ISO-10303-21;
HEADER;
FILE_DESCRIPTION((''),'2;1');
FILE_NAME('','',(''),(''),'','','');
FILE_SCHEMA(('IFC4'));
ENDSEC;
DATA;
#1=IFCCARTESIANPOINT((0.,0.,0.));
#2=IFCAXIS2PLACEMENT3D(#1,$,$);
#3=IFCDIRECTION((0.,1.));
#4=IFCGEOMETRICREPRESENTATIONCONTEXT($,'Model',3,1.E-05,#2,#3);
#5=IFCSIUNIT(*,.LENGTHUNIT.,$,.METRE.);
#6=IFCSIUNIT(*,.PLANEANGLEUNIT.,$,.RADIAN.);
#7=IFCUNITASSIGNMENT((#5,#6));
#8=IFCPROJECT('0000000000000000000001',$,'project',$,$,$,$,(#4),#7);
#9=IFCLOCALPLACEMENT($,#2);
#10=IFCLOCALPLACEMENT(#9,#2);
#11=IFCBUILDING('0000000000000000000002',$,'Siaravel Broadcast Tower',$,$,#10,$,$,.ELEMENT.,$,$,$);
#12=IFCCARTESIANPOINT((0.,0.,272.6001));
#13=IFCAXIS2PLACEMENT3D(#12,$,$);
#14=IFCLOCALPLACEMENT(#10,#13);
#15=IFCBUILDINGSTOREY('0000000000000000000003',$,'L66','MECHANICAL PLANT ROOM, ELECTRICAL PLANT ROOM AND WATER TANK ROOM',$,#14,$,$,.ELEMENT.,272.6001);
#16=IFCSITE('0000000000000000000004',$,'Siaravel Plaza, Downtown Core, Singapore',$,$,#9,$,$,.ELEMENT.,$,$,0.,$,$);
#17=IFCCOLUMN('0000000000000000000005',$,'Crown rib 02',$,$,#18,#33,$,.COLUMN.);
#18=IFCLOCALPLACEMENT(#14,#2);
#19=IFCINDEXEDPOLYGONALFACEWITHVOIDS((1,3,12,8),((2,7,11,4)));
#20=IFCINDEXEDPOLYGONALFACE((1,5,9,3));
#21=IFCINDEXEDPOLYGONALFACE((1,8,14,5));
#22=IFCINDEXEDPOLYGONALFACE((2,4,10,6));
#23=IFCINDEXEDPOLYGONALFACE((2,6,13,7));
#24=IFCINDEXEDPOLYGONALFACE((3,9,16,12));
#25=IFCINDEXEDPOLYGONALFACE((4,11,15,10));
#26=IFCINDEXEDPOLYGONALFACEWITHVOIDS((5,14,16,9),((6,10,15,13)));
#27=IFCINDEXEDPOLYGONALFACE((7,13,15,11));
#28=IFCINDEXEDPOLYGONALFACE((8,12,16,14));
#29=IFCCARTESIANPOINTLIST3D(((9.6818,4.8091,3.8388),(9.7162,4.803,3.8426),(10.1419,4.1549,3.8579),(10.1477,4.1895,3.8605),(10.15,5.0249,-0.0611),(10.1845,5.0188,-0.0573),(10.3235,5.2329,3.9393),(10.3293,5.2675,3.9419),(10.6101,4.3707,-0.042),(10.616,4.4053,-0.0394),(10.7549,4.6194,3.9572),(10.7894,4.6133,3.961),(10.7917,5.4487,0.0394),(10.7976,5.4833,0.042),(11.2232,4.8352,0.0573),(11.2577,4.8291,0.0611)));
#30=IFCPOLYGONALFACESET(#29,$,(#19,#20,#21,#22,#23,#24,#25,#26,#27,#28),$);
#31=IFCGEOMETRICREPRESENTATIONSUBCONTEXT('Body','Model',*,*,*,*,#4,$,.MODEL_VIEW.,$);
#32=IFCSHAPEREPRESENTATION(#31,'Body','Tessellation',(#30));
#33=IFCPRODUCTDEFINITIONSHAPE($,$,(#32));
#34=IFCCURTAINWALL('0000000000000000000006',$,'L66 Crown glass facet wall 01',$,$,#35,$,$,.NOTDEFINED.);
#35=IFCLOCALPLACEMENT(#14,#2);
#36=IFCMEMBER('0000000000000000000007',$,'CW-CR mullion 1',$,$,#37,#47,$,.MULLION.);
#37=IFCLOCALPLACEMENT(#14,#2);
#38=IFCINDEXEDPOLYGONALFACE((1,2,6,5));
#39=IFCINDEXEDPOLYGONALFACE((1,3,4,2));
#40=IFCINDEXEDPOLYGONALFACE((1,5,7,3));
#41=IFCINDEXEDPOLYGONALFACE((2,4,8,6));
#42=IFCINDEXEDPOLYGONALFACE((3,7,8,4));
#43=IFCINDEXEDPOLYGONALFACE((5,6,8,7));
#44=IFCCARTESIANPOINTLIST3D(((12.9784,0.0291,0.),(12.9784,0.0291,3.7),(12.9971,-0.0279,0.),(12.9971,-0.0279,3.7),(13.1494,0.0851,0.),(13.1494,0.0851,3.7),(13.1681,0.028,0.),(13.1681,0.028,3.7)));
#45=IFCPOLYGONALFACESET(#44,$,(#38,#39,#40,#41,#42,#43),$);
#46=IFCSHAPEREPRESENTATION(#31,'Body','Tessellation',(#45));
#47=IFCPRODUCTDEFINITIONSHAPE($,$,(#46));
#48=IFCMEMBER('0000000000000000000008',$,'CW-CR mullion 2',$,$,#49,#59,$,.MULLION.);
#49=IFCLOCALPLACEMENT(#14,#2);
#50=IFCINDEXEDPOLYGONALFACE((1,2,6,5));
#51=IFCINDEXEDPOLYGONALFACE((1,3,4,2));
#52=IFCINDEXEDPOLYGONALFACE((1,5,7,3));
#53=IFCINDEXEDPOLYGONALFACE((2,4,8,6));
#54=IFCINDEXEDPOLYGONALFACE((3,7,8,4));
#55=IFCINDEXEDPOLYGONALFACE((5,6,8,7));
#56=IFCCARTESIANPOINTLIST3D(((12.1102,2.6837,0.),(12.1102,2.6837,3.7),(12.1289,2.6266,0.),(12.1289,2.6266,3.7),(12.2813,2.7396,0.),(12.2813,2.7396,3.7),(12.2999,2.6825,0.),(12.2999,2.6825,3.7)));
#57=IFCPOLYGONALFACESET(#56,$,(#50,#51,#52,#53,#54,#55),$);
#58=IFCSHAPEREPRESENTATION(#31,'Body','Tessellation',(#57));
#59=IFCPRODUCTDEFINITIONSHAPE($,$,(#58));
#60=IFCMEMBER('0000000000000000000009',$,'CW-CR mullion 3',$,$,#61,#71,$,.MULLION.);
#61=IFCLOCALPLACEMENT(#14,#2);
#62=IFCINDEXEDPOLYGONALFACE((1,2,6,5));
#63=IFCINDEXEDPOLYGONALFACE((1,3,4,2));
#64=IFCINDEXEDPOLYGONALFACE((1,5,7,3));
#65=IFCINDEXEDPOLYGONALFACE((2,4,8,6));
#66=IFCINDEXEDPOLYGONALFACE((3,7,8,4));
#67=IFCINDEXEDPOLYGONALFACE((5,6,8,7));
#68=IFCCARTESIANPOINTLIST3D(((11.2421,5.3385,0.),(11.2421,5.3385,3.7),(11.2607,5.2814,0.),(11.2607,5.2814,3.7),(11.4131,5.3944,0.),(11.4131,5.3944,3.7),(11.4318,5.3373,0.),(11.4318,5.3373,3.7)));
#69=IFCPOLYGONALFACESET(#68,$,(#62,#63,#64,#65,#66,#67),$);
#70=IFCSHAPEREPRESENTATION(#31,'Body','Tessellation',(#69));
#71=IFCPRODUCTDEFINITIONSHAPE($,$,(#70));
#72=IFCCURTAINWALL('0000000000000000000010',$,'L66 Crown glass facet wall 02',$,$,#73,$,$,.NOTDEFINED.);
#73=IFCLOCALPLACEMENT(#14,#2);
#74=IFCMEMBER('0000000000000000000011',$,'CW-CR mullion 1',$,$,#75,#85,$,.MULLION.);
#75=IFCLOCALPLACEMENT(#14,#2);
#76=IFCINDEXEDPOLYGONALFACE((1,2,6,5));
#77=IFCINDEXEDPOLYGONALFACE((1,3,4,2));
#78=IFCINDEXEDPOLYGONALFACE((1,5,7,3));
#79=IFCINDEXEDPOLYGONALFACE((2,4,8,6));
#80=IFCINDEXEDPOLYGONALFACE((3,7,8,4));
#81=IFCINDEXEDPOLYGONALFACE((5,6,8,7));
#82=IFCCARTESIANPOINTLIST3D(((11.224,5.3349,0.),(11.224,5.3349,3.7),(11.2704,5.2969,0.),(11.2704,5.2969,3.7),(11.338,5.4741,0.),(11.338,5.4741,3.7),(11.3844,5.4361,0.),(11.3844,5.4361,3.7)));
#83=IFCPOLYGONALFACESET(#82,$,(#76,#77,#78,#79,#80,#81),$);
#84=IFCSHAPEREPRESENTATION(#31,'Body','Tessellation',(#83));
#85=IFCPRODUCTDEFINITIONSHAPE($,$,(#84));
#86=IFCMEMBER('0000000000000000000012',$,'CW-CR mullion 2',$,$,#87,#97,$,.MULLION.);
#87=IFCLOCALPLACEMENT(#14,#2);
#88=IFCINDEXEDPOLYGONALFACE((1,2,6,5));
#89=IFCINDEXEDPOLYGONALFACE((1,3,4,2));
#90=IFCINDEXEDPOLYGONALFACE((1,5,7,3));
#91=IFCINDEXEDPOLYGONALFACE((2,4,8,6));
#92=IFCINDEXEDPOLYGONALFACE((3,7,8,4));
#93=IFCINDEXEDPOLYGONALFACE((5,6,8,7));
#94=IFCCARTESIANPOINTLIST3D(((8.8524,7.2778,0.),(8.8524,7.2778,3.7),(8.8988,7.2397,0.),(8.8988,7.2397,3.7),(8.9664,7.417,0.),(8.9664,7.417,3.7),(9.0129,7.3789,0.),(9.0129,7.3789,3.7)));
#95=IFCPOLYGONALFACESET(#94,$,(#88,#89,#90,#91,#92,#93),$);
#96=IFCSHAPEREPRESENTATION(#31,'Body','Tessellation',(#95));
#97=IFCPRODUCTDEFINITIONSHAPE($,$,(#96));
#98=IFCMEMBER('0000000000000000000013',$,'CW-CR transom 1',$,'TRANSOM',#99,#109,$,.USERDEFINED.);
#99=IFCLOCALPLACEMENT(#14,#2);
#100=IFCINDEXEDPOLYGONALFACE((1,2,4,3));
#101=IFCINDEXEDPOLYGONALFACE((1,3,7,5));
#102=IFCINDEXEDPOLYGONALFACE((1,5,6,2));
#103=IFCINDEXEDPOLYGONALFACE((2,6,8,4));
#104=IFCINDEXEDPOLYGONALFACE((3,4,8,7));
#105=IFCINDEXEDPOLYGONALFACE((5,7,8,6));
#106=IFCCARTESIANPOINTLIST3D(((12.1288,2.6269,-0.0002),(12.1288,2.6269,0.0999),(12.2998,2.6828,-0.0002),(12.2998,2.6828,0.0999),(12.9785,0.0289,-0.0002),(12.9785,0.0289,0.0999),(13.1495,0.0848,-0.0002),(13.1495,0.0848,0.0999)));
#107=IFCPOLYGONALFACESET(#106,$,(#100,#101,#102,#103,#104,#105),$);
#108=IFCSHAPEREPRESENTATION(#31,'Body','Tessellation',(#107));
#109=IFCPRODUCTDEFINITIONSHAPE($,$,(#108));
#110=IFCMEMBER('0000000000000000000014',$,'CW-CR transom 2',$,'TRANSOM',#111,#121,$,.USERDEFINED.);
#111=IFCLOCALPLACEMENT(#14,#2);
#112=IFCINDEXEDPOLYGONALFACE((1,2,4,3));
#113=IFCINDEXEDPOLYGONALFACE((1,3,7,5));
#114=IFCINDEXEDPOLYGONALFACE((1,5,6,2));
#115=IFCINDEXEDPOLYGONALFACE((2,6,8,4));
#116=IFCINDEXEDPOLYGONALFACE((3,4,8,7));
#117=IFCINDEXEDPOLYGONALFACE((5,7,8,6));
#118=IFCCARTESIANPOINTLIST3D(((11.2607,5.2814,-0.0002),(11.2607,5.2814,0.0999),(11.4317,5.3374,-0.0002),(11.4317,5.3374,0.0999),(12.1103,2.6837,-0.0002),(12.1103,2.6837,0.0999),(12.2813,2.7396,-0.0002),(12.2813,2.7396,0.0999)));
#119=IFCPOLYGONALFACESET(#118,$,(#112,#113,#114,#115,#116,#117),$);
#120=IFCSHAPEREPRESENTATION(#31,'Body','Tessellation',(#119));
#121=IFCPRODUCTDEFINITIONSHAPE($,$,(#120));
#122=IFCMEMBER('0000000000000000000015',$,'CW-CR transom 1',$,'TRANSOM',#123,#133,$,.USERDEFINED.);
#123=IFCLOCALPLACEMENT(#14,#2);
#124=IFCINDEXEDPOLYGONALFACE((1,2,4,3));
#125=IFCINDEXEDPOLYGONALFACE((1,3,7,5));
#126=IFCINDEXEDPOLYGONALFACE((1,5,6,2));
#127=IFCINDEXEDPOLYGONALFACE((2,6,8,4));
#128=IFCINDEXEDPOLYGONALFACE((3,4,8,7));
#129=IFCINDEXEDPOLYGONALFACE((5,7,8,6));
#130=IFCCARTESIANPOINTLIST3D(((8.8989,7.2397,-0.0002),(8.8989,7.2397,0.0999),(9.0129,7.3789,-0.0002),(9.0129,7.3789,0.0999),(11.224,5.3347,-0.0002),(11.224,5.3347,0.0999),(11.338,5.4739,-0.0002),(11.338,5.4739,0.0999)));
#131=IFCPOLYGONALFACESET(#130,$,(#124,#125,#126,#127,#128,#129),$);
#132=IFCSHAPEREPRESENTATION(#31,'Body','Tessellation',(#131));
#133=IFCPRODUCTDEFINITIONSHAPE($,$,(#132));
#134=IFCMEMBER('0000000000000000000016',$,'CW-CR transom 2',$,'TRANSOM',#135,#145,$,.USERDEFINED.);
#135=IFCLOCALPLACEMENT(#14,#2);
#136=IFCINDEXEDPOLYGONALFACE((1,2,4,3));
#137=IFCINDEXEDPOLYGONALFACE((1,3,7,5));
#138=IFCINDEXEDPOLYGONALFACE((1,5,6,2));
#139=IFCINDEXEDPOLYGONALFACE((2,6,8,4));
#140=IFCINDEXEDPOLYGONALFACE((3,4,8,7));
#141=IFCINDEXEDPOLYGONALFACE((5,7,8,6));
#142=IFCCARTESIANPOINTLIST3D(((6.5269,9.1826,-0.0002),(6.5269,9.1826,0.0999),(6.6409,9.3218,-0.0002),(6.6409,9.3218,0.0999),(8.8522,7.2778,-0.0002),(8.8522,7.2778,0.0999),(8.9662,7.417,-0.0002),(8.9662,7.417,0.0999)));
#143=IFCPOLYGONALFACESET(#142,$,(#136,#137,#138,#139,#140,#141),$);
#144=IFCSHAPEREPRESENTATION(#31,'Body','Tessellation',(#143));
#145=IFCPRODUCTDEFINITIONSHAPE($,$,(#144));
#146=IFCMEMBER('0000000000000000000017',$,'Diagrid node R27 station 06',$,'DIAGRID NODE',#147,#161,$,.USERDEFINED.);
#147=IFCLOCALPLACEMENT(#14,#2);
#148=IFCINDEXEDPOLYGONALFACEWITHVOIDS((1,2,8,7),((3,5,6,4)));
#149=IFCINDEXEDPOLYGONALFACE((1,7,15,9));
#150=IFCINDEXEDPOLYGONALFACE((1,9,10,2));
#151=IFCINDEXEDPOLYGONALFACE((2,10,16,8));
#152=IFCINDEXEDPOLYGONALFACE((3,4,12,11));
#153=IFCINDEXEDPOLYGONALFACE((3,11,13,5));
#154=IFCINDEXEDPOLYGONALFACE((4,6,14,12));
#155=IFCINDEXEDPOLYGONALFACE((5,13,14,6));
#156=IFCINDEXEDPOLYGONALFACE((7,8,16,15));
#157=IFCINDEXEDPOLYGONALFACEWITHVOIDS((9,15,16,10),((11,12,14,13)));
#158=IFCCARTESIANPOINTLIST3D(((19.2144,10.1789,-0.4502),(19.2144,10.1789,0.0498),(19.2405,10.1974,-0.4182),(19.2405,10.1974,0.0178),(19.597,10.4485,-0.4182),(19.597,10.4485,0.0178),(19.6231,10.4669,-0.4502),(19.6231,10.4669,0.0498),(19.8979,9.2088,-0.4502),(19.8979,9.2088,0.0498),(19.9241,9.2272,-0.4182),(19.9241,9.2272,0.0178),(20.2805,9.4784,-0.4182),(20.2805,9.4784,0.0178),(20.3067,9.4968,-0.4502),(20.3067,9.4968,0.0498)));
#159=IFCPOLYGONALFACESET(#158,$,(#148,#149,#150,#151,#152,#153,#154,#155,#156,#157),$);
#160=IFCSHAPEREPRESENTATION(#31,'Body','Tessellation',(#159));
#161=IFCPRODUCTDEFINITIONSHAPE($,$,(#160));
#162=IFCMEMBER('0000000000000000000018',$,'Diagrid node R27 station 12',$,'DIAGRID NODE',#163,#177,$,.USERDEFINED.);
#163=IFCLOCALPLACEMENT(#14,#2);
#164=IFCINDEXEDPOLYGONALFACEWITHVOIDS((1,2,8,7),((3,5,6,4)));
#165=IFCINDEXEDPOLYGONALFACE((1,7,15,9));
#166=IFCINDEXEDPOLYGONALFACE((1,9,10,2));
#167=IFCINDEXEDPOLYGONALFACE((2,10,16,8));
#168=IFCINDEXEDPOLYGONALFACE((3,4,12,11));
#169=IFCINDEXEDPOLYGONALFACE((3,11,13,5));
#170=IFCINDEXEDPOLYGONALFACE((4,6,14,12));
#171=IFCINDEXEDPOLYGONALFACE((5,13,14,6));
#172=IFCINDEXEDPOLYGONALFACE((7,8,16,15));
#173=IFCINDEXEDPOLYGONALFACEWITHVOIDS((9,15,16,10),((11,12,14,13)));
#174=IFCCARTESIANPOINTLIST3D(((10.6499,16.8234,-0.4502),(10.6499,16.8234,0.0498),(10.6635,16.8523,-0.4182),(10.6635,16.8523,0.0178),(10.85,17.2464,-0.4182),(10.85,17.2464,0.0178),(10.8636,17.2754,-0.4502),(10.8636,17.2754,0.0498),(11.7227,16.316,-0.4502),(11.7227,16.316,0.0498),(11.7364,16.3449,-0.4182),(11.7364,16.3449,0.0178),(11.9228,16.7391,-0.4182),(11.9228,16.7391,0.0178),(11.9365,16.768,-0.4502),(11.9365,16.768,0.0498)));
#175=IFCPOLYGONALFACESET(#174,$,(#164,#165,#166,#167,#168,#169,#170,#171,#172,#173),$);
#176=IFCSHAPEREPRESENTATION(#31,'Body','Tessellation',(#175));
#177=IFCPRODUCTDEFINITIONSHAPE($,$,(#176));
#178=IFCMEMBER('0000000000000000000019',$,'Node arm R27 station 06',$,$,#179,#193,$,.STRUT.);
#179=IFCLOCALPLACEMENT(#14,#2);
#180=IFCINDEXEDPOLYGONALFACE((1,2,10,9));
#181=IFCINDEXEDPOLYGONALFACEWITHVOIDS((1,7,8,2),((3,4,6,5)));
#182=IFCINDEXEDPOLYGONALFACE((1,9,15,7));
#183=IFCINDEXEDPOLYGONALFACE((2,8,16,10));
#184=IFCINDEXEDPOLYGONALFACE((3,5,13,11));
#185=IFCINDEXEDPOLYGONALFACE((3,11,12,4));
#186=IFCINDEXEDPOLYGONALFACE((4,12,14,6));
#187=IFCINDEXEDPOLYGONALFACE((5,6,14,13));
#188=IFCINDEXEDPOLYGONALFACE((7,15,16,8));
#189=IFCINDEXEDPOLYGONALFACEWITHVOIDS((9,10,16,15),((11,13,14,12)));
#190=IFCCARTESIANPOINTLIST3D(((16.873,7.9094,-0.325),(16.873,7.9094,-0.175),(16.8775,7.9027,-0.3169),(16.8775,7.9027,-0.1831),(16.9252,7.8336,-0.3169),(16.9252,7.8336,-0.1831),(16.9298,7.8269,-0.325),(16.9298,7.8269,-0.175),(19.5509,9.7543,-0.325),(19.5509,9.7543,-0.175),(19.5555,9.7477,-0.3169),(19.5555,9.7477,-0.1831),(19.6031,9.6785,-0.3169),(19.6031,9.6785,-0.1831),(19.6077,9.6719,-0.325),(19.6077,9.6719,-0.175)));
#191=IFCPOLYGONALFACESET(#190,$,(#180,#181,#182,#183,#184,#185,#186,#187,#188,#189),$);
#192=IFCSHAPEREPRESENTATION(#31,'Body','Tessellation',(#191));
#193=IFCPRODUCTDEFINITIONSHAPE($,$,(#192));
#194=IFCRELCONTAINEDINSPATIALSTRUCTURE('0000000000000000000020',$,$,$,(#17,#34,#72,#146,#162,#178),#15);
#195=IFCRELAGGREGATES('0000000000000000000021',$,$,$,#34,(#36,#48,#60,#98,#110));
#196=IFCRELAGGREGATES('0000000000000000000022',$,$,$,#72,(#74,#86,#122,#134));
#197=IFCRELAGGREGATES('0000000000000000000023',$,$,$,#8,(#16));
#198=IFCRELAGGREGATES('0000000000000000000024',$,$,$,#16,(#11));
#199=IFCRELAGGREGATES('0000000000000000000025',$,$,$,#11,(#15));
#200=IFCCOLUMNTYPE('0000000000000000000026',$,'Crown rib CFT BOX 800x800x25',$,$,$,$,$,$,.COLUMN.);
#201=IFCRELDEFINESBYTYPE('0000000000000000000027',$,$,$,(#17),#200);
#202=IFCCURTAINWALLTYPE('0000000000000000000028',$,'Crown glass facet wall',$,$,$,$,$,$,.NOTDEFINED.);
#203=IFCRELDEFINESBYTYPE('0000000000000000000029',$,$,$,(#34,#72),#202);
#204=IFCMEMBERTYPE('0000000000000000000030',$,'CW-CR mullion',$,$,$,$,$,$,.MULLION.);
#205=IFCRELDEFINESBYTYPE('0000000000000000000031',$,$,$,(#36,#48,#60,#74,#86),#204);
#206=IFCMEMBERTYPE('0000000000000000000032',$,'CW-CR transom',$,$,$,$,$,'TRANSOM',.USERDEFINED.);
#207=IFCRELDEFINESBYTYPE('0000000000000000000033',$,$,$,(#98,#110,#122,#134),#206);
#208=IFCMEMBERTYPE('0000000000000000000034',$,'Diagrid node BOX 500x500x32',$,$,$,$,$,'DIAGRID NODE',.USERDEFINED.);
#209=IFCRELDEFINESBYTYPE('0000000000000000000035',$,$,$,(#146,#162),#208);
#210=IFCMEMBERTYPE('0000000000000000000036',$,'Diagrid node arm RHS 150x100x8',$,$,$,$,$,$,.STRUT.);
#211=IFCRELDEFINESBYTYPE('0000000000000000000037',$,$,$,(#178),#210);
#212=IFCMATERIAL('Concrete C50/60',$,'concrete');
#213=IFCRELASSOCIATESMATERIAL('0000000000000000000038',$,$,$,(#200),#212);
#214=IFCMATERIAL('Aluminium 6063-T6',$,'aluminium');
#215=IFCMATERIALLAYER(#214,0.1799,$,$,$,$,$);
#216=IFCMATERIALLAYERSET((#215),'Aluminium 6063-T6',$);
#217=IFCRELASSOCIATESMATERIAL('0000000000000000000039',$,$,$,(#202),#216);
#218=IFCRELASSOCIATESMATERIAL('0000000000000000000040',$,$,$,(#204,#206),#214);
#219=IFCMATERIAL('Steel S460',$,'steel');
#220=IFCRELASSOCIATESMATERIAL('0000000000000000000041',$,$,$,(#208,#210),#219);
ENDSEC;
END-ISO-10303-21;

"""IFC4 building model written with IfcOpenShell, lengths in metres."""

from ifc_helpers import new_model, si_unit, direction, frame, origin, origin_2d, place, context, subcontext, project, spatial, rectangle, hollow_rectangle, extrude, material, layer, layer_set, material_profile, profile_set, type_object, element, aggregate, save


model = new_model("IFC4")

# Units and contexts
model_context = context("Model", 3, precision=1e-05, world=origin(), true_north=direction((0.0, 1.0)))
body_context = subcontext(model_context, "Body", "Model", "MODEL_VIEW")
ifc_project = project(units=[si_unit("LENGTHUNIT", "METRE"), si_unit("PLANEANGLEUNIT", "RADIAN")], contexts=[model_context])

# Site, building, storey
site_placement = place(None, origin())
site = spatial("IfcSite", under=ifc_project, at=site_placement, Name="Siaravel Plaza, Downtown Core, Singapore", CompositionType="ELEMENT", RefElevation=0.0)
building_placement = place(site_placement, origin())
building = spatial("IfcBuilding", under=site, at=building_placement, Name="Siaravel Broadcast Tower", CompositionType="ELEMENT")
storey_placement = place(building_placement, frame((0.0, 0.0, 272.6001)))
storey = spatial("IfcBuildingStorey", under=building, at=storey_placement, Name="L66", Description="MECHANICAL PLANT ROOM, ELECTRICAL PLANT ROOM AND WATER TANK ROOM", CompositionType="ELEMENT", Elevation=272.6001)

# Column
ifc_material_1 = material(Name="Concrete C50/60", Category="concrete")
ifc_material_profile_1 = material_profile(ifc_material_1, hollow_rectangle(XDim=0.8, YDim=0.8, WallThickness=0.0249, at=origin_2d()))
ifc_profile_set_1 = profile_set([ifc_material_profile_1], Name="Concrete C50/60")
column_type = type_object("IfcColumnType", Name="Crown rib CFT BOX 800x800x25", PredefinedType="COLUMN", material=ifc_profile_set_1)
column_placement = place(storey_placement, frame((10.7039, 4.927, 0.0), z_axis=(-0.119034, -0.054863, 0.991373), x_axis=(0.575107, -0.817732, 0.0238)))
element("IfcColumn", 1, at=column_placement, inside=storey, type_object=column_type, Name="Crown rib 02", PredefinedType="COLUMN", context=body_context, shape_type="SweptSolid", body=[
    extrude(hollow_rectangle(XDim=0.8, YDim=0.8, WallThickness=0.0249, at=origin_2d()), origin(), (0.0, 0.0, 1.0), 3.9338),
])

# Curtain walls, members
ifc_material_2 = material(Name="Aluminium 6063-T6", Category="aluminium")
ifc_layer_1 = layer(ifc_material_2, 0.1799)
ifc_layer_set_1 = layer_set([ifc_layer_1], Name="Aluminium 6063-T6")
curtain_wall_type = type_object("IfcCurtainWallType", Name="Crown glass facet wall", PredefinedType="NOTDEFINED", material=ifc_layer_set_1)
curtain_wall_1_placement = place(storey_placement, origin())
curtain_wall_1 = element("IfcCurtainWall", 2, at=curtain_wall_1_placement, inside=storey, type_object=curtain_wall_type, Name="L66 Crown glass facet wall 01", PredefinedType="NOTDEFINED")
ifc_material_profile_2 = material_profile(ifc_material_2, rectangle(XDim=0.1799, YDim=0.0601, at=origin_2d()))
ifc_profile_set_2 = profile_set([ifc_material_profile_2], Name="Aluminium 6063-T6")
member_type_1 = type_object("IfcMemberType", Name="CW-CR mullion", PredefinedType="MULLION", material=ifc_profile_set_2)
member_1_placement = place(storey_placement, frame((13.0732, 0.0286, 0.0), z_axis=(0.0, 0.0, 1.0), x_axis=(-0.950455, -0.310862, 0.0)))
member_1 = element("IfcMember", 3, at=member_1_placement, type_object=member_type_1, Name="CW-CR mullion 1", PredefinedType="MULLION", context=body_context, shape_type="SweptSolid", body=[
    extrude(rectangle(XDim=0.1799, YDim=0.0601, at=origin_2d()), origin(), (0.0, 0.0, 1.0), 3.7),
])
member_2_placement = place(storey_placement, frame((12.2051, 2.6831, 0.0), z_axis=(0.0, 0.0, 1.0), x_axis=(-0.950455, -0.310862, 0.0)))
member_2 = element("IfcMember", 4, at=member_2_placement, type_object=member_type_1, Name="CW-CR mullion 2", PredefinedType="MULLION", context=body_context, shape_type="SweptSolid", body=[
    extrude(rectangle(XDim=0.1799, YDim=0.0601, at=origin_2d()), origin(), (0.0, 0.0, 1.0), 3.7),
])
member_3_placement = place(storey_placement, frame((11.3369, 5.3379, 0.0), z_axis=(0.0, 0.0, 1.0), x_axis=(-0.950455, -0.310862, 0.0)))
member_3 = element("IfcMember", 5, at=member_3_placement, type_object=member_type_1, Name="CW-CR mullion 3", PredefinedType="MULLION", context=body_context, shape_type="SweptSolid", body=[
    extrude(rectangle(XDim=0.1799, YDim=0.0601, at=origin_2d()), origin(), (0.0, 0.0, 1.0), 3.7),
])
curtain_wall_2_placement = place(storey_placement, origin())
curtain_wall_2 = element("IfcCurtainWall", 6, at=curtain_wall_2_placement, inside=storey, type_object=curtain_wall_type, Name="L66 Crown glass facet wall 02", PredefinedType="NOTDEFINED")
member_4_placement = place(storey_placement, frame((11.3042, 5.3855, 0.0), z_axis=(0.0, 0.0, 1.0), x_axis=(-0.633712, -0.773569, 0.0)))
member_4 = element("IfcMember", 7, at=member_4_placement, type_object=member_type_1, Name="CW-CR mullion 1", PredefinedType="MULLION", context=body_context, shape_type="SweptSolid", body=[
    extrude(rectangle(XDim=0.1799, YDim=0.0601, at=origin_2d()), origin(), (0.0, 0.0, 1.0), 3.7),
])
member_5_placement = place(storey_placement, frame((8.9326, 7.3284, 0.0), z_axis=(0.0, 0.0, 1.0), x_axis=(-0.633712, -0.773569, 0.0)))
member_5 = element("IfcMember", 8, at=member_5_placement, type_object=member_type_1, Name="CW-CR mullion 2", PredefinedType="MULLION", context=body_context, shape_type="SweptSolid", body=[
    extrude(rectangle(XDim=0.1799, YDim=0.0601, at=origin_2d()), origin(), (0.0, 0.0, 1.0), 3.7),
])

# Members
ifc_material_profile_3 = material_profile(ifc_material_2, rectangle(XDim=0.1799, YDim=0.1001, at=origin_2d()))
ifc_profile_set_3 = profile_set([ifc_material_profile_3], Name="Aluminium 6063-T6")
member_type_2 = type_object("IfcMemberType", Name="CW-CR transom", ElementType="TRANSOM", PredefinedType="USERDEFINED", material=ifc_profile_set_3)
member_6_placement = place(storey_placement, frame((13.064, 0.0569, 0.0498), z_axis=(-0.310837, 0.950463, 0.0), x_axis=(-0.950463, -0.310837, 0.0)))
member_6 = element("IfcMember", 9, at=member_6_placement, type_object=member_type_2, Name="CW-CR transom 1", ObjectType="TRANSOM", PredefinedType="USERDEFINED", context=body_context, shape_type="SweptSolid", body=[
    extrude(rectangle(XDim=0.1799, YDim=0.1001, at=origin_2d()), origin(), (0.0, 0.0, 1.0), 2.7334),
])
member_7_placement = place(storey_placement, frame((12.1958, 2.7117, 0.0498), z_axis=(-0.310863, 0.950455, 0.0), x_axis=(-0.950455, -0.310863, 0.0)))
member_7 = element("IfcMember", 10, at=member_7_placement, type_object=member_type_2, Name="CW-CR transom 2", ObjectType="TRANSOM", PredefinedType="USERDEFINED", context=body_context, shape_type="SweptSolid", body=[
    extrude(rectangle(XDim=0.1799, YDim=0.1001, at=origin_2d()), origin(), (0.0, 0.0, 1.0), 2.7332),
])
member_8_placement = place(storey_placement, frame((11.281, 5.4043, 0.0498), z_axis=(-0.773534, 0.633755, 0.0), x_axis=(-0.633755, -0.773534, 0.0)))
member_8 = element("IfcMember", 11, at=member_8_placement, type_object=member_type_2, Name="CW-CR transom 1", ObjectType="TRANSOM", PredefinedType="USERDEFINED", context=body_context, shape_type="SweptSolid", body=[
    extrude(rectangle(XDim=0.1799, YDim=0.1001, at=origin_2d()), origin(), (0.0, 0.0, 1.0), 3.0059),
])
member_9_placement = place(storey_placement, frame((8.9092, 7.3474, 0.0498), z_axis=(-0.773574, 0.633707, 0.0), x_axis=(-0.633707, -0.773574, 0.0)))
member_9 = element("IfcMember", 12, at=member_9_placement, type_object=member_type_2, Name="CW-CR transom 2", ObjectType="TRANSOM", PredefinedType="USERDEFINED", context=body_context, shape_type="SweptSolid", body=[
    extrude(rectangle(XDim=0.1799, YDim=0.1001, at=origin_2d()), origin(), (0.0, 0.0, 1.0), 3.0059),
])

# Members
ifc_material_3 = material(Name="Steel S460", Category="steel")
ifc_material_profile_4 = material_profile(ifc_material_3, hollow_rectangle(XDim=0.5, YDim=0.5, WallThickness=0.032, at=origin_2d()))
ifc_profile_set_4 = profile_set([ifc_material_profile_4], Name="Steel S460")
member_type_3 = type_object("IfcMemberType", Name="Diagrid node BOX 500x500x32", ElementType="DIAGRID NODE", PredefinedType="USERDEFINED", material=ifc_profile_set_4)
for number, where, z_axis, x_axis, name in (
    (13, (20.1023, 9.3528, -0.2002), (-0.575972, 0.817469, 0.0), (-0.817469, -0.575972, 0.0), "Diagrid node R27 station 06"),
    (14, (11.8296, 16.542, -0.2002), (-0.904006, 0.42752, 0.0), (-0.42752, -0.904006, 0.0), "Diagrid node R27 station 12"),
):
    element("IfcMember", number, at=place(storey_placement, frame(where, z_axis=z_axis, x_axis=x_axis)), inside=storey, type_object=member_type_3, Name=name, ObjectType="DIAGRID NODE", PredefinedType="USERDEFINED", context=body_context, shape_type="SweptSolid", body=[
        extrude(hollow_rectangle(XDim=0.5, YDim=0.5, WallThickness=0.032, at=origin_2d()), origin(), (0.0, 0.0, 1.0), 1.1868),
    ])
ifc_material_profile_5 = material_profile(ifc_material_3, hollow_rectangle(XDim=0.1001, YDim=0.1499, WallThickness=0.0081, at=origin_2d()))
ifc_profile_set_5 = profile_set([ifc_material_profile_5], Name="Steel S460")
member_type_4 = type_object("IfcMemberType", Name="Diagrid node arm RHS 150x100x8", PredefinedType="STRUT", material=ifc_profile_set_5)
member_10_placement = place(storey_placement, frame((16.9014, 7.8682, -0.25), z_axis=(0.823487, 0.567335, 0.0), x_axis=(-0.567335, 0.823487, 0.0)))
element("IfcMember", 15, at=member_10_placement, inside=storey, type_object=member_type_4, Name="Node arm R27 station 06", PredefinedType="STRUT", context=body_context, shape_type="SweptSolid", body=[
    extrude(hollow_rectangle(XDim=0.1001, YDim=0.1499, WallThickness=0.0081, at=origin_2d()), origin(), (0.0, 0.0, 1.0), 3.252),
])

aggregate(curtain_wall_1, [member_1, member_2, member_3, member_6, member_7])
aggregate(curtain_wall_2, [member_4, member_5, member_8, member_9])

save(model, "model.ifc")
